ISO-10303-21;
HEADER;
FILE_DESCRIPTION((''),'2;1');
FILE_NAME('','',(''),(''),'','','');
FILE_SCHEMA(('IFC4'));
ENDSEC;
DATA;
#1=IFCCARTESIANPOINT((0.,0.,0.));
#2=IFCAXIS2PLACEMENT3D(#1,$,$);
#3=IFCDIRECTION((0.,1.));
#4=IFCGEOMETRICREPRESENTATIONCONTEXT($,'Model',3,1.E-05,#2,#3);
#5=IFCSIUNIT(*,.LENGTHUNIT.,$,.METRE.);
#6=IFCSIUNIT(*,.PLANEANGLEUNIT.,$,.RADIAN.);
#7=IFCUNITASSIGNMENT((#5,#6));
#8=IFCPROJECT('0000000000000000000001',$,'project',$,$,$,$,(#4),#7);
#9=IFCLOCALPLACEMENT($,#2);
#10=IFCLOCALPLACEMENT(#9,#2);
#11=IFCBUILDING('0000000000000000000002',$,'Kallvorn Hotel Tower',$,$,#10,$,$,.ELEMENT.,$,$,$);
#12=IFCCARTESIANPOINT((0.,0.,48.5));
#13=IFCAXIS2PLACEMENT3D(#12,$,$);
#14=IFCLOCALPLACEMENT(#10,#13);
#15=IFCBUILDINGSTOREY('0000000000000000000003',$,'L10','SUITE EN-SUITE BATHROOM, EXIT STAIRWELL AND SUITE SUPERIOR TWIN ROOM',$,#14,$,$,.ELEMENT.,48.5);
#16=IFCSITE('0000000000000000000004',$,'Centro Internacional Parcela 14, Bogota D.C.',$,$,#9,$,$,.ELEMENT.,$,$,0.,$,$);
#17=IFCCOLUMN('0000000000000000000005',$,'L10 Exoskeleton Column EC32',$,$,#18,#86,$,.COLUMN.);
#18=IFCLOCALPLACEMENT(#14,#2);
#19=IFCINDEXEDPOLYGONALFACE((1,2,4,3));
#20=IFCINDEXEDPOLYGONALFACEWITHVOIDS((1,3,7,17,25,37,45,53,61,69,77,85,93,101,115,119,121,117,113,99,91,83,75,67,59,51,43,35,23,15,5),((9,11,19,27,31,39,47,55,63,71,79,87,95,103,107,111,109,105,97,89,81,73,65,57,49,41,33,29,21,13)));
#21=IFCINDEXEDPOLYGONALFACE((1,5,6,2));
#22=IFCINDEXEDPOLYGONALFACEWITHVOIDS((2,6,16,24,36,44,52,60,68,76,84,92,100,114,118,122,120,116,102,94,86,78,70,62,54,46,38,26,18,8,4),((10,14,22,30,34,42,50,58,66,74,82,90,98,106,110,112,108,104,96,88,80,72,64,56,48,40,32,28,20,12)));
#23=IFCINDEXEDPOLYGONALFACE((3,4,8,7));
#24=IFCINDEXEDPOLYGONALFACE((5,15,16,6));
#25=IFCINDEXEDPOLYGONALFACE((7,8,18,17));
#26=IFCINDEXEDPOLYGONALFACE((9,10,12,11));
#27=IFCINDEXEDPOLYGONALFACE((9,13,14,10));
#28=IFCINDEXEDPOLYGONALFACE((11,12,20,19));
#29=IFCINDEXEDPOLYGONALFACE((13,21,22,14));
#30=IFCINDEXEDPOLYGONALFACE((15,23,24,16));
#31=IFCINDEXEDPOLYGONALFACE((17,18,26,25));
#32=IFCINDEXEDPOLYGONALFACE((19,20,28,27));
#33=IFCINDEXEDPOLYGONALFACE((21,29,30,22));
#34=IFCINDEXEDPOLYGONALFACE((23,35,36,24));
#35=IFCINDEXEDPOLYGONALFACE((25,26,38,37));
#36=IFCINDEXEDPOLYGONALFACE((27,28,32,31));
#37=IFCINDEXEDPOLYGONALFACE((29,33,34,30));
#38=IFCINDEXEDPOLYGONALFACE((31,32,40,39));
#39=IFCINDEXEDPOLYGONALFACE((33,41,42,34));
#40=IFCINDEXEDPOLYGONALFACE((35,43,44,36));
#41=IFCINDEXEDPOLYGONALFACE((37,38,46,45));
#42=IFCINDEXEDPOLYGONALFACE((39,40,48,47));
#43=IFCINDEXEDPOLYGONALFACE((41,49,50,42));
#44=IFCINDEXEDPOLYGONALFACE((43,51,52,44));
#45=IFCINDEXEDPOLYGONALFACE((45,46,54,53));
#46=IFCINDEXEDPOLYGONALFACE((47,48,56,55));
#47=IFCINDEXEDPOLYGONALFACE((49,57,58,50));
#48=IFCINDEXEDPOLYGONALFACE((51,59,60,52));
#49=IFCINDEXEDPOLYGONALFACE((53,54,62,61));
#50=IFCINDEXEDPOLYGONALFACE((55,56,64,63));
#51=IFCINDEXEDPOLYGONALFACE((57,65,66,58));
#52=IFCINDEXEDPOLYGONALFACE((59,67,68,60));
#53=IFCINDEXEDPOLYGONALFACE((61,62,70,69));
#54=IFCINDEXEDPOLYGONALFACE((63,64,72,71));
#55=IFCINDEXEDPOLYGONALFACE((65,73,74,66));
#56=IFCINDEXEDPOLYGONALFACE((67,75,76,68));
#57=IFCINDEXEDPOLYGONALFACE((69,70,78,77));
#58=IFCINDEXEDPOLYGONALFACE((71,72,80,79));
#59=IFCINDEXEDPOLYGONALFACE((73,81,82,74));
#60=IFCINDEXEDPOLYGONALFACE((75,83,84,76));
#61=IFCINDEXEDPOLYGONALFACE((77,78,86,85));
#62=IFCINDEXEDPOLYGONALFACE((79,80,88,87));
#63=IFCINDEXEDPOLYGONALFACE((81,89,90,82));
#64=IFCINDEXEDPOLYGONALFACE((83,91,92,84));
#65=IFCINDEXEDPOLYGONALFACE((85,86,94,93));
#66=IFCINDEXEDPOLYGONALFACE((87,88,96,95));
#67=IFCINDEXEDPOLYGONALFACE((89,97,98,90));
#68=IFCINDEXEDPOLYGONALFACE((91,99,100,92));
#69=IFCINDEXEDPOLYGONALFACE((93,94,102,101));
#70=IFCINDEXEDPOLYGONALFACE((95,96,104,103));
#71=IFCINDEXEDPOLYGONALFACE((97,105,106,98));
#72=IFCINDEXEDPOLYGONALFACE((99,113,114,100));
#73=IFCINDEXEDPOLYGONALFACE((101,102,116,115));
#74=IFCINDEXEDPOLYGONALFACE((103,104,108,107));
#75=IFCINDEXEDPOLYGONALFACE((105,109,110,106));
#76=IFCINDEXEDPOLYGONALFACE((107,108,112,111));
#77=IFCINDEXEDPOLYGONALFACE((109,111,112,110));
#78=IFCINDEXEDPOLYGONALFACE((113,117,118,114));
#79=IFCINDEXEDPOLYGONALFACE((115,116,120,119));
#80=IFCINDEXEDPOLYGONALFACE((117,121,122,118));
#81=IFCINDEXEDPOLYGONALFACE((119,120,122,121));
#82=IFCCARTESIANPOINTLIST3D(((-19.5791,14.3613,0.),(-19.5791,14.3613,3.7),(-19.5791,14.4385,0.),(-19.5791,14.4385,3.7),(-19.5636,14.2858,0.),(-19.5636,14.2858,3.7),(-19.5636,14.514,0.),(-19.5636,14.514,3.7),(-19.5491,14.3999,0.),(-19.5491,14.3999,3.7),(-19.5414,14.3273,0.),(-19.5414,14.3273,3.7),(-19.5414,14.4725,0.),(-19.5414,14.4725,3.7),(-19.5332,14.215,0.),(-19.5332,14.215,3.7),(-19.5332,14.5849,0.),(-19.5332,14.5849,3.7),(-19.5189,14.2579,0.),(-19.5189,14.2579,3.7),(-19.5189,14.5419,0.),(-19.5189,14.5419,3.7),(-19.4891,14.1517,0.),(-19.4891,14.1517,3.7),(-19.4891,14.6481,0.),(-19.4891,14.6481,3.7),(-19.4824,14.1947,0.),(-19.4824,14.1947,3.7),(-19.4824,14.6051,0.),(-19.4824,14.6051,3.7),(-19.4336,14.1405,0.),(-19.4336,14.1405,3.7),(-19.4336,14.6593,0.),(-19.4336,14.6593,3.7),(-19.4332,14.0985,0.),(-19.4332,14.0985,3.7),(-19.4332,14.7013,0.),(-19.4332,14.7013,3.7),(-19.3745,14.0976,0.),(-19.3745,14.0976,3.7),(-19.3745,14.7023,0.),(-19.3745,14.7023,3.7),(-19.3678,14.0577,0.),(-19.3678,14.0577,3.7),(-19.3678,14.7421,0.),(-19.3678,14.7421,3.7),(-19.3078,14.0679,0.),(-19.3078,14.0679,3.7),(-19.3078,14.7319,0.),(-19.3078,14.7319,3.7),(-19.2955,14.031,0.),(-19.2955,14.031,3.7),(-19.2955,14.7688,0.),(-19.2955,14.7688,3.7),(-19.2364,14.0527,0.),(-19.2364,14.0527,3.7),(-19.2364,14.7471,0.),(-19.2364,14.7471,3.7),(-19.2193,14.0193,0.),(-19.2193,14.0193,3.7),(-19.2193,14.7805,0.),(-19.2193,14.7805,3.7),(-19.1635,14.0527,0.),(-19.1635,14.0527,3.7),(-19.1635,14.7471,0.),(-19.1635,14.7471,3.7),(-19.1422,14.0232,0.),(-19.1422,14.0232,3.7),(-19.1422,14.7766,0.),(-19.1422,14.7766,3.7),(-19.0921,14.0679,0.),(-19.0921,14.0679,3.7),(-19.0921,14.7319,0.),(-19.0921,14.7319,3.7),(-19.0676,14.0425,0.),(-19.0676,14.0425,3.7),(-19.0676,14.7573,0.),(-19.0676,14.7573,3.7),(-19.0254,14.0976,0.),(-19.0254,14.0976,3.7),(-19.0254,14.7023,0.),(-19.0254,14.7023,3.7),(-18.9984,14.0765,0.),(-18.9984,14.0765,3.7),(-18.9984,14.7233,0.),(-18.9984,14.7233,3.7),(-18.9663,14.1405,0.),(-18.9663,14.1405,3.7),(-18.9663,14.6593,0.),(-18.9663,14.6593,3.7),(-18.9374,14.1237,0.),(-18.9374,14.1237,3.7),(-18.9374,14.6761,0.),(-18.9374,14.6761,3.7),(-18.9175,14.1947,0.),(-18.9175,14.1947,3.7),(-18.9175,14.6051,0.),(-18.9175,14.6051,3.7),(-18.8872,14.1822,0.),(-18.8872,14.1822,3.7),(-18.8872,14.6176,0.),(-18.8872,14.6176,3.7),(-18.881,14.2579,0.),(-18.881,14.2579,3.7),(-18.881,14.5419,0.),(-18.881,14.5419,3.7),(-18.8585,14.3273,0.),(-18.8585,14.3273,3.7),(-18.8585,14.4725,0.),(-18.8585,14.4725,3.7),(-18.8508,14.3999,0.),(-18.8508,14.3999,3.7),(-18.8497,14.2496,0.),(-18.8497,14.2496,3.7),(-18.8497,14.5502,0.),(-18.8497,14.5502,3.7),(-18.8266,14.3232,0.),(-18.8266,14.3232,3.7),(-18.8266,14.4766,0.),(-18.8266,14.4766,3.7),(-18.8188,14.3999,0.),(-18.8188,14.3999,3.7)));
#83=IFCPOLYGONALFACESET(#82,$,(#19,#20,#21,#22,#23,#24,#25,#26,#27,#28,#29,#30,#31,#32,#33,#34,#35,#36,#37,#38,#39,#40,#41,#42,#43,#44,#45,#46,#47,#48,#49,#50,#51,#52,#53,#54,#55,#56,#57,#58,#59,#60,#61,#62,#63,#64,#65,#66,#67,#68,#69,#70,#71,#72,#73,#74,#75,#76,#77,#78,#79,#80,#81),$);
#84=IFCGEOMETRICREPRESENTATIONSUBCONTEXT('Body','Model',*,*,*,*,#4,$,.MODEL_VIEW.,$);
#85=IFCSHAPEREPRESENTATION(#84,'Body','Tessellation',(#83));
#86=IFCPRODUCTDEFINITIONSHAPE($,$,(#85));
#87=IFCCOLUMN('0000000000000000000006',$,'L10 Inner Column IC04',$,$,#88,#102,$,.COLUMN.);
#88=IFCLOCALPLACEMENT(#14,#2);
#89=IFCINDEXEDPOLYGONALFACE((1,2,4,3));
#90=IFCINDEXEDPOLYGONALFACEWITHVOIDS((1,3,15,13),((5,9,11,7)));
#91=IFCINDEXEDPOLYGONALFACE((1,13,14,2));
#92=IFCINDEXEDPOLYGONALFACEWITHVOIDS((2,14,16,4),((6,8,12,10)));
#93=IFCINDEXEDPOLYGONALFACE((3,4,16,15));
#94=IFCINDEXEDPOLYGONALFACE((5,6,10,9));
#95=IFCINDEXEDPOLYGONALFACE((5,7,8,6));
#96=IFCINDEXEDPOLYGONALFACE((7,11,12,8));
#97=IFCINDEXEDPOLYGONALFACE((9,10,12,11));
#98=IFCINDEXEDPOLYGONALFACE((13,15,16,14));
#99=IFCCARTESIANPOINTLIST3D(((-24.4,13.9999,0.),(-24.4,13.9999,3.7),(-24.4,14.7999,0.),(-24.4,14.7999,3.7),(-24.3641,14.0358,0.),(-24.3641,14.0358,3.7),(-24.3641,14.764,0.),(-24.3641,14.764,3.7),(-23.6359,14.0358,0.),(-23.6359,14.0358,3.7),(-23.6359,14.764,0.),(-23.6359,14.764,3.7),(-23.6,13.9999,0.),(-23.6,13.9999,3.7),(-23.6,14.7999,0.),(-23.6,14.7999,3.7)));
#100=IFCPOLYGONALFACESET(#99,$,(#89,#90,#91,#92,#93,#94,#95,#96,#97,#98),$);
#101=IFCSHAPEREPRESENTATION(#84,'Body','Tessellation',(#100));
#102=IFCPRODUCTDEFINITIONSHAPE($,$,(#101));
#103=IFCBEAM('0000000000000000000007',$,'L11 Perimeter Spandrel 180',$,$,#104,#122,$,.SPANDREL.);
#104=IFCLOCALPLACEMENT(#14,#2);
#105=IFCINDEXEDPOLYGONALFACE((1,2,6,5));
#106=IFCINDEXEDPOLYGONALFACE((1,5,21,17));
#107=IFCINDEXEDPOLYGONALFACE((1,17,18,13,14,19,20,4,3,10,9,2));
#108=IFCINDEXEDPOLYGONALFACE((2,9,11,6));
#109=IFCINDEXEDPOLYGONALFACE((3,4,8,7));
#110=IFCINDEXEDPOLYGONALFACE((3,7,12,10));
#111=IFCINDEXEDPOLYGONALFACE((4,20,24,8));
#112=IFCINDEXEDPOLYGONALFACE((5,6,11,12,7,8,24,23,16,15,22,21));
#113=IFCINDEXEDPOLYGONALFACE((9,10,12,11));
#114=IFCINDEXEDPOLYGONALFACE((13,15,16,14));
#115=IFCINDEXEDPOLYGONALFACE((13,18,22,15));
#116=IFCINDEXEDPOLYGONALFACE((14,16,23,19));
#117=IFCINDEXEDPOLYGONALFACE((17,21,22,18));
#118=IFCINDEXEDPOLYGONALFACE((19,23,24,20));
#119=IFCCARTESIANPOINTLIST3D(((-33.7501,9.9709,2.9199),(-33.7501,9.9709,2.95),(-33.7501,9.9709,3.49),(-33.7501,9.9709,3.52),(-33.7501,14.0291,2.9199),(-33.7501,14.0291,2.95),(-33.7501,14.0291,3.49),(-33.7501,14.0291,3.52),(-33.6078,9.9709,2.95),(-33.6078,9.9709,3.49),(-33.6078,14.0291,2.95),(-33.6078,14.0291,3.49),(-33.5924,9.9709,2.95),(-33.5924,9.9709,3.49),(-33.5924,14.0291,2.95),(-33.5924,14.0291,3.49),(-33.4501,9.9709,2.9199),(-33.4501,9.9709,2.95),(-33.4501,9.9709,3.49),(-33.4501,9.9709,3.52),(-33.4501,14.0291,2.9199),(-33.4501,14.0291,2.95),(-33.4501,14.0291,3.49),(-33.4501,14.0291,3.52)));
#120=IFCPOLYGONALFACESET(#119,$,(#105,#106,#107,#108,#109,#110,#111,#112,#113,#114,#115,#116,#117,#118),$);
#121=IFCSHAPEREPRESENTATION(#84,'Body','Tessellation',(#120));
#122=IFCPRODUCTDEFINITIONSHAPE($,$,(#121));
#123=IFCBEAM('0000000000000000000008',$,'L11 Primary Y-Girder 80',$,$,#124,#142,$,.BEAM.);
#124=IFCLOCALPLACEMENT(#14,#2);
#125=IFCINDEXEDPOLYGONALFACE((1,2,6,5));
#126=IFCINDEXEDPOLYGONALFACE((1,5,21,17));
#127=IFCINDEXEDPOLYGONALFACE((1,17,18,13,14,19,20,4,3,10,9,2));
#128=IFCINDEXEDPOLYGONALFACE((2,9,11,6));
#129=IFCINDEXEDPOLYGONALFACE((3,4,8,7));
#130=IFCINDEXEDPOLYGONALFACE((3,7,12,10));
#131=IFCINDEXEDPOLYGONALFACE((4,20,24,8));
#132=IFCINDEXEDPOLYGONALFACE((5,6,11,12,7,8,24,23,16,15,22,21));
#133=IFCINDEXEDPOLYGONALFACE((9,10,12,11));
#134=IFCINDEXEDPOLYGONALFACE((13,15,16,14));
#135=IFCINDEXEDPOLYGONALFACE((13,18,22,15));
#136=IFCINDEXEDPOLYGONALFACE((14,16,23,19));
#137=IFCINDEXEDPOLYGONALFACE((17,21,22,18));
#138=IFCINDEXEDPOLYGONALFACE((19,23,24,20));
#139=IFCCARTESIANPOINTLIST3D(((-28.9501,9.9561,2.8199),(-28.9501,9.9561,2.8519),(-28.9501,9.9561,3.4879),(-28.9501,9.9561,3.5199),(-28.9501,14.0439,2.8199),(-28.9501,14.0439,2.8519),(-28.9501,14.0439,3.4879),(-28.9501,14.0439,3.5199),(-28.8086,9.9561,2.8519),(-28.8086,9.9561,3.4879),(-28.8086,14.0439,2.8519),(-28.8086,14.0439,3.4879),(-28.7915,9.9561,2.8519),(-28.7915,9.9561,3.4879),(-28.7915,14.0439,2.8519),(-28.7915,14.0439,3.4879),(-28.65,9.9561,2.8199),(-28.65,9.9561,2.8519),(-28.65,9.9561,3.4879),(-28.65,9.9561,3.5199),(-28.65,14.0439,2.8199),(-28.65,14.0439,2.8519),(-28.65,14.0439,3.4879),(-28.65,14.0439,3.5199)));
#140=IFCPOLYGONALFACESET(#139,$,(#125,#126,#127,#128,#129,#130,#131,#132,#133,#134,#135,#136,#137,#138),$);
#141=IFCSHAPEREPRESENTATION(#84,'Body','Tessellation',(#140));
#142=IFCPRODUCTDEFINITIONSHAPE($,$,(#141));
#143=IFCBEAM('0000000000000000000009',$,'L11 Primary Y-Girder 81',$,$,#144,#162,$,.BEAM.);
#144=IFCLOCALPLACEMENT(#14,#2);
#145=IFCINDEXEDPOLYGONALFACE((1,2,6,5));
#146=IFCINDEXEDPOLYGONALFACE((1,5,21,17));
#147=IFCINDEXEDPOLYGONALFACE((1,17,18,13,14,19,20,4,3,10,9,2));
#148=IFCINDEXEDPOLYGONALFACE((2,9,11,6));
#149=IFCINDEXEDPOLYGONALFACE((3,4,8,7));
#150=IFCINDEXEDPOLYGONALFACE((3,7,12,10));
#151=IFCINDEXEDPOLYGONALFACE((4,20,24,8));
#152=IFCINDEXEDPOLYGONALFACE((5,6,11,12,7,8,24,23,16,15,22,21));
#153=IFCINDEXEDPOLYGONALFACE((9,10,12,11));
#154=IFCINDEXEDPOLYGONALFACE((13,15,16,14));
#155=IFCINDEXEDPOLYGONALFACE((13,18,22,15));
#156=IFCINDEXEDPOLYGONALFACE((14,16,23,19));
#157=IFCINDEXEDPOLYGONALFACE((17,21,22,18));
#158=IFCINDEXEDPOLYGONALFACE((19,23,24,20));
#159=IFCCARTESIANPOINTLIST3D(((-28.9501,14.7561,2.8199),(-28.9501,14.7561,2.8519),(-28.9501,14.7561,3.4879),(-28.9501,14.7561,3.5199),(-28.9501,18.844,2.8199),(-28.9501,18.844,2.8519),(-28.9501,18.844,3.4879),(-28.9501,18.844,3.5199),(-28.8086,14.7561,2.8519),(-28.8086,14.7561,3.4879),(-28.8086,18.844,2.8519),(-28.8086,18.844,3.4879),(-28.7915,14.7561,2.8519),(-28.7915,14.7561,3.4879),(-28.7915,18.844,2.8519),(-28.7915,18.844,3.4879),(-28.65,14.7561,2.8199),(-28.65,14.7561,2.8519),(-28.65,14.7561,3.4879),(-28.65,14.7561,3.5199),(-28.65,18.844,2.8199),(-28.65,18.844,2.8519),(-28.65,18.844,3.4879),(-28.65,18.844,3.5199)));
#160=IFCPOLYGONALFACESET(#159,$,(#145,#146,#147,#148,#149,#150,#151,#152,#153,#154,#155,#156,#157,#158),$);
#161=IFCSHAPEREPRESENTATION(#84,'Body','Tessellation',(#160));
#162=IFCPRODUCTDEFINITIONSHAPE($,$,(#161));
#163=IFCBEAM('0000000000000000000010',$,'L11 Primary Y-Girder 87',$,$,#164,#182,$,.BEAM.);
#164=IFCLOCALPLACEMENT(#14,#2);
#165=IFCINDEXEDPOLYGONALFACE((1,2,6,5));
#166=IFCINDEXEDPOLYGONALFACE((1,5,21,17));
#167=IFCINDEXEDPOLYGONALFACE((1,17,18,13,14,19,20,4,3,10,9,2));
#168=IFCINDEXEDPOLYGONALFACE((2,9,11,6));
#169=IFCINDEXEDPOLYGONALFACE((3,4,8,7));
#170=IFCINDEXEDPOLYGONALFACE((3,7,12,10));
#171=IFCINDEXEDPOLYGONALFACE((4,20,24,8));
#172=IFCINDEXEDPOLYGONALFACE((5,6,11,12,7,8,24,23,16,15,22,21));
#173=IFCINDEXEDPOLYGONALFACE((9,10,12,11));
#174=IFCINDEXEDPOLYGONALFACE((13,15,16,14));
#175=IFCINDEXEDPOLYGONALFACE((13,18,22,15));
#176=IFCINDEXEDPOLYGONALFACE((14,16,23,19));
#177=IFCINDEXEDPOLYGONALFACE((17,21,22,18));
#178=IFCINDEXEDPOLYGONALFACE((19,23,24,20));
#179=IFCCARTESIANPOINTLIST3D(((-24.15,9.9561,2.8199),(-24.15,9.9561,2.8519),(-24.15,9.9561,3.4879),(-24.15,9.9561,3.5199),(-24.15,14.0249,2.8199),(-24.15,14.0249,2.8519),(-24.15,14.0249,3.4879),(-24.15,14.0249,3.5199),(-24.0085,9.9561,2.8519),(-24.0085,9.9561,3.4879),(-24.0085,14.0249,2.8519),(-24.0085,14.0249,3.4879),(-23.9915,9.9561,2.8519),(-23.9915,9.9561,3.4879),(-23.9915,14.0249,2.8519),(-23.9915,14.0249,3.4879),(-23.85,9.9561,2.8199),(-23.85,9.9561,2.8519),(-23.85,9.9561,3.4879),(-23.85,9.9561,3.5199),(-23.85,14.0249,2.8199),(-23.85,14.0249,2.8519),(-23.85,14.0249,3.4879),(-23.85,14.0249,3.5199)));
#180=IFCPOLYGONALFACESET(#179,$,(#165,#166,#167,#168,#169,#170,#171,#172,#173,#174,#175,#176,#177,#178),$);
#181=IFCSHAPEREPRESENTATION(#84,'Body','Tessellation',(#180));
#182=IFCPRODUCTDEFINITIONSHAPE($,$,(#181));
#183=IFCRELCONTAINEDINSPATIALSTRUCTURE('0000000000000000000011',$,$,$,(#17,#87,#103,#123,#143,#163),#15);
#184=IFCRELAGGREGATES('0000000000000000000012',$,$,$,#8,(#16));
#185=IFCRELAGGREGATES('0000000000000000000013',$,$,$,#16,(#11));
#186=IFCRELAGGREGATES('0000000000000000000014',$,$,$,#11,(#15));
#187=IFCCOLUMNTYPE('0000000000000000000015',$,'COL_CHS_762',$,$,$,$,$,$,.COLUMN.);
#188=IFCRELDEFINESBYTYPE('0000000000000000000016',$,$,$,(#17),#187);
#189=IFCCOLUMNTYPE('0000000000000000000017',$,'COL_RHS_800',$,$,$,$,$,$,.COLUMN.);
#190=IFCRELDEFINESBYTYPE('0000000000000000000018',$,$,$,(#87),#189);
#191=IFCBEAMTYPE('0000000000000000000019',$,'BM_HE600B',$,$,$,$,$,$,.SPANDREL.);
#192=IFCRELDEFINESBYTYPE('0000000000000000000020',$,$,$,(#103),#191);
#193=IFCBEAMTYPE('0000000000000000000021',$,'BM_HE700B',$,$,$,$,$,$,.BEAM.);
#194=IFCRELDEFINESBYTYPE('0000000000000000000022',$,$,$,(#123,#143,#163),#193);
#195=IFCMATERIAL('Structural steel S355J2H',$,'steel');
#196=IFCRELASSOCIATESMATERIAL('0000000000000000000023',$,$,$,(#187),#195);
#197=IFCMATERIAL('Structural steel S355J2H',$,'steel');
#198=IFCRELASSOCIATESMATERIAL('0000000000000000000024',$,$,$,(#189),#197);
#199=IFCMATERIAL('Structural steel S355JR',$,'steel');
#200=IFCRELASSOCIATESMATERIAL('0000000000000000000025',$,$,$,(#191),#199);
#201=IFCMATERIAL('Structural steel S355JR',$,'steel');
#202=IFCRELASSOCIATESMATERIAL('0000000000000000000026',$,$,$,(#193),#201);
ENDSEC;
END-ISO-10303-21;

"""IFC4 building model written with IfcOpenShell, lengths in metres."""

from ifc_helpers import new_model, si_unit, direction, frame, origin, origin_2d, place, context, subcontext, project, spatial, hollow_rectangle, hollow_circle, i_section, extrude, material, material_profile, profile_set, type_object, element, save


model = new_model("IFC4")

# Units and contexts
model_context = context("Model", 3, precision=1e-05, world=origin(), true_north=direction((0.0, 1.0)))
body_context = subcontext(model_context, "Body", "Model", "MODEL_VIEW")
ifc_project = project(units=[si_unit("LENGTHUNIT", "METRE"), si_unit("PLANEANGLEUNIT", "RADIAN")], contexts=[model_context])

# Site, building, storey
site_placement = place(None, origin())
site = spatial("IfcSite", under=ifc_project, at=site_placement, Name="Centro Internacional Parcela 14, Bogota D.C.", CompositionType="ELEMENT", RefElevation=0.0)
building_placement = place(site_placement, origin())
building = spatial("IfcBuilding", under=site, at=building_placement, Name="Kallvorn Hotel Tower", CompositionType="ELEMENT")
storey_placement = place(building_placement, frame((0.0, 0.0, 48.5)))
storey = spatial("IfcBuildingStorey", under=building, at=storey_placement, Name="L10", Description="SUITE EN-SUITE BATHROOM, EXIT STAIRWELL AND SUITE SUPERIOR TWIN ROOM", CompositionType="ELEMENT", Elevation=48.5)

# Columns
ifc_material_1 = material(Name="Structural steel S355J2H", Category="steel")
ifc_material_profile_1 = material_profile(ifc_material_1, hollow_circle(Radius=0.3811, WallThickness=0.032, at=origin_2d()), Name="CHS 762x32")
ifc_profile_set_1 = profile_set([ifc_material_profile_1], Name="Structural steel S355J2H")
column_type_1 = type_object("IfcColumnType", Name="COL_CHS_762", PredefinedType="COLUMN", material=ifc_profile_set_1)
for number, where, z_axis, x_axis, name in (
    (1, (-19.2, 14.3999, 0.0), (0.0, 0.0, 1.0), (1.0, 0.0, 0.0), "L10 Exoskeleton Column EC32"),
):
    element("IfcColumn", number, at=place(storey_placement, frame(where, z_axis=z_axis, x_axis=x_axis)), inside=storey, type_object=column_type_1, Name=name, PredefinedType="COLUMN", context=body_context, shape_type="SweptSolid", body=[
        extrude(hollow_circle(Radius=0.3811, WallThickness=0.032, at=origin_2d()), origin(), (0.0, 0.0, 1.0), 3.7),
    ])
ifc_material_2 = material(Name="Structural steel S355J2H", Category="steel")
ifc_material_profile_2 = material_profile(ifc_material_2, hollow_rectangle(XDim=0.8, YDim=0.8, WallThickness=0.0359, at=origin_2d()), Name="RHS 800x800x36")
ifc_profile_set_2 = profile_set([ifc_material_profile_2], Name="Structural steel S355J2H")
column_type_2 = type_object("IfcColumnType", Name="COL_RHS_800", PredefinedType="COLUMN", material=ifc_profile_set_2)
column_placement = place(storey_placement, frame((-24.0, 14.3999, 0.0), z_axis=(0.0, 0.0, 1.0), x_axis=(1.0, 0.0, 0.0)))
element("IfcColumn", 2, at=column_placement, inside=storey, type_object=column_type_2, Name="L10 Inner Column IC04", PredefinedType="COLUMN", context=body_context, shape_type="SweptSolid", body=[
    extrude(hollow_rectangle(XDim=0.8, YDim=0.8, WallThickness=0.0359, at=origin_2d()), origin(), (0.0, 0.0, 1.0), 3.7),
])

# Beams
ifc_material_3 = material(Name="Structural steel S355JR", Category="steel")
ifc_material_profile_3 = material_profile(ifc_material_3, i_section(OverallWidth=0.3, OverallDepth=0.6001, WebThickness=0.0154, FlangeThickness=0.03, at=origin_2d()), Name="HE 600 B")
ifc_profile_set_3 = profile_set([ifc_material_profile_3], Name="Structural steel S355JR")
beam_type_1 = type_object("IfcBeamType", Name="BM_HE600B", PredefinedType="SPANDREL", material=ifc_profile_set_3)
beam_1_placement = place(storey_placement, frame((-33.6001, 9.9709, 3.22), z_axis=(0.0, 1.0, 0.0), x_axis=(-1.0, 0.0, 0.0)))
element("IfcBeam", 3, at=beam_1_placement, inside=storey, type_object=beam_type_1, Name="L11 Perimeter Spandrel 180", PredefinedType="SPANDREL", context=body_context, shape_type="SweptSolid", body=[
    extrude(i_section(OverallWidth=0.3, OverallDepth=0.6001, WebThickness=0.0154, FlangeThickness=0.03, at=origin_2d()), origin(), (0.0, 0.0, 1.0), 4.0581),
])
ifc_material_4 = material(Name="Structural steel S355JR", Category="steel")
ifc_material_profile_4 = material_profile(ifc_material_4, i_section(OverallWidth=0.3, OverallDepth=0.7, WebThickness=0.0171, FlangeThickness=0.032, at=origin_2d()), Name="HE 700 B")
ifc_profile_set_4 = profile_set([ifc_material_profile_4], Name="Structural steel S355JR")
beam_type_2 = type_object("IfcBeamType", Name="BM_HE700B", PredefinedType="BEAM", material=ifc_profile_set_4)
for number, where, z_axis, x_axis, name in (
    (4, (-28.8, 9.9561, 3.1699), (0.0, 1.0, 0.0), (-1.0, 0.0, 0.0), "L11 Primary Y-Girder 80"),
    (5, (-28.8, 14.7561, 3.1699), (0.0, 1.0, 0.0), (-1.0, 0.0, 0.0), "L11 Primary Y-Girder 81"),
):
    element("IfcBeam", number, at=place(storey_placement, frame(where, z_axis=z_axis, x_axis=x_axis)), inside=storey, type_object=beam_type_2, Name=name, PredefinedType="BEAM", context=body_context, shape_type="SweptSolid", body=[
        extrude(i_section(OverallWidth=0.3, OverallDepth=0.7, WebThickness=0.0171, FlangeThickness=0.032, at=origin_2d()), origin(), (0.0, 0.0, 1.0), 4.0879),
    ])
beam_2_placement = place(storey_placement, frame((-24.0, 9.9561, 3.1699), z_axis=(0.0, 1.0, 0.0), x_axis=(-1.0, 0.0, 0.0)))
element("IfcBeam", 6, at=beam_2_placement, inside=storey, type_object=beam_type_2, Name="L11 Primary Y-Girder 87", PredefinedType="BEAM", context=body_context, shape_type="SweptSolid", body=[
    extrude(i_section(OverallWidth=0.3, OverallDepth=0.7, WebThickness=0.0171, FlangeThickness=0.032, at=origin_2d()), origin(), (0.0, 0.0, 1.0), 4.0688),
])

save(model, "model.ifc")
